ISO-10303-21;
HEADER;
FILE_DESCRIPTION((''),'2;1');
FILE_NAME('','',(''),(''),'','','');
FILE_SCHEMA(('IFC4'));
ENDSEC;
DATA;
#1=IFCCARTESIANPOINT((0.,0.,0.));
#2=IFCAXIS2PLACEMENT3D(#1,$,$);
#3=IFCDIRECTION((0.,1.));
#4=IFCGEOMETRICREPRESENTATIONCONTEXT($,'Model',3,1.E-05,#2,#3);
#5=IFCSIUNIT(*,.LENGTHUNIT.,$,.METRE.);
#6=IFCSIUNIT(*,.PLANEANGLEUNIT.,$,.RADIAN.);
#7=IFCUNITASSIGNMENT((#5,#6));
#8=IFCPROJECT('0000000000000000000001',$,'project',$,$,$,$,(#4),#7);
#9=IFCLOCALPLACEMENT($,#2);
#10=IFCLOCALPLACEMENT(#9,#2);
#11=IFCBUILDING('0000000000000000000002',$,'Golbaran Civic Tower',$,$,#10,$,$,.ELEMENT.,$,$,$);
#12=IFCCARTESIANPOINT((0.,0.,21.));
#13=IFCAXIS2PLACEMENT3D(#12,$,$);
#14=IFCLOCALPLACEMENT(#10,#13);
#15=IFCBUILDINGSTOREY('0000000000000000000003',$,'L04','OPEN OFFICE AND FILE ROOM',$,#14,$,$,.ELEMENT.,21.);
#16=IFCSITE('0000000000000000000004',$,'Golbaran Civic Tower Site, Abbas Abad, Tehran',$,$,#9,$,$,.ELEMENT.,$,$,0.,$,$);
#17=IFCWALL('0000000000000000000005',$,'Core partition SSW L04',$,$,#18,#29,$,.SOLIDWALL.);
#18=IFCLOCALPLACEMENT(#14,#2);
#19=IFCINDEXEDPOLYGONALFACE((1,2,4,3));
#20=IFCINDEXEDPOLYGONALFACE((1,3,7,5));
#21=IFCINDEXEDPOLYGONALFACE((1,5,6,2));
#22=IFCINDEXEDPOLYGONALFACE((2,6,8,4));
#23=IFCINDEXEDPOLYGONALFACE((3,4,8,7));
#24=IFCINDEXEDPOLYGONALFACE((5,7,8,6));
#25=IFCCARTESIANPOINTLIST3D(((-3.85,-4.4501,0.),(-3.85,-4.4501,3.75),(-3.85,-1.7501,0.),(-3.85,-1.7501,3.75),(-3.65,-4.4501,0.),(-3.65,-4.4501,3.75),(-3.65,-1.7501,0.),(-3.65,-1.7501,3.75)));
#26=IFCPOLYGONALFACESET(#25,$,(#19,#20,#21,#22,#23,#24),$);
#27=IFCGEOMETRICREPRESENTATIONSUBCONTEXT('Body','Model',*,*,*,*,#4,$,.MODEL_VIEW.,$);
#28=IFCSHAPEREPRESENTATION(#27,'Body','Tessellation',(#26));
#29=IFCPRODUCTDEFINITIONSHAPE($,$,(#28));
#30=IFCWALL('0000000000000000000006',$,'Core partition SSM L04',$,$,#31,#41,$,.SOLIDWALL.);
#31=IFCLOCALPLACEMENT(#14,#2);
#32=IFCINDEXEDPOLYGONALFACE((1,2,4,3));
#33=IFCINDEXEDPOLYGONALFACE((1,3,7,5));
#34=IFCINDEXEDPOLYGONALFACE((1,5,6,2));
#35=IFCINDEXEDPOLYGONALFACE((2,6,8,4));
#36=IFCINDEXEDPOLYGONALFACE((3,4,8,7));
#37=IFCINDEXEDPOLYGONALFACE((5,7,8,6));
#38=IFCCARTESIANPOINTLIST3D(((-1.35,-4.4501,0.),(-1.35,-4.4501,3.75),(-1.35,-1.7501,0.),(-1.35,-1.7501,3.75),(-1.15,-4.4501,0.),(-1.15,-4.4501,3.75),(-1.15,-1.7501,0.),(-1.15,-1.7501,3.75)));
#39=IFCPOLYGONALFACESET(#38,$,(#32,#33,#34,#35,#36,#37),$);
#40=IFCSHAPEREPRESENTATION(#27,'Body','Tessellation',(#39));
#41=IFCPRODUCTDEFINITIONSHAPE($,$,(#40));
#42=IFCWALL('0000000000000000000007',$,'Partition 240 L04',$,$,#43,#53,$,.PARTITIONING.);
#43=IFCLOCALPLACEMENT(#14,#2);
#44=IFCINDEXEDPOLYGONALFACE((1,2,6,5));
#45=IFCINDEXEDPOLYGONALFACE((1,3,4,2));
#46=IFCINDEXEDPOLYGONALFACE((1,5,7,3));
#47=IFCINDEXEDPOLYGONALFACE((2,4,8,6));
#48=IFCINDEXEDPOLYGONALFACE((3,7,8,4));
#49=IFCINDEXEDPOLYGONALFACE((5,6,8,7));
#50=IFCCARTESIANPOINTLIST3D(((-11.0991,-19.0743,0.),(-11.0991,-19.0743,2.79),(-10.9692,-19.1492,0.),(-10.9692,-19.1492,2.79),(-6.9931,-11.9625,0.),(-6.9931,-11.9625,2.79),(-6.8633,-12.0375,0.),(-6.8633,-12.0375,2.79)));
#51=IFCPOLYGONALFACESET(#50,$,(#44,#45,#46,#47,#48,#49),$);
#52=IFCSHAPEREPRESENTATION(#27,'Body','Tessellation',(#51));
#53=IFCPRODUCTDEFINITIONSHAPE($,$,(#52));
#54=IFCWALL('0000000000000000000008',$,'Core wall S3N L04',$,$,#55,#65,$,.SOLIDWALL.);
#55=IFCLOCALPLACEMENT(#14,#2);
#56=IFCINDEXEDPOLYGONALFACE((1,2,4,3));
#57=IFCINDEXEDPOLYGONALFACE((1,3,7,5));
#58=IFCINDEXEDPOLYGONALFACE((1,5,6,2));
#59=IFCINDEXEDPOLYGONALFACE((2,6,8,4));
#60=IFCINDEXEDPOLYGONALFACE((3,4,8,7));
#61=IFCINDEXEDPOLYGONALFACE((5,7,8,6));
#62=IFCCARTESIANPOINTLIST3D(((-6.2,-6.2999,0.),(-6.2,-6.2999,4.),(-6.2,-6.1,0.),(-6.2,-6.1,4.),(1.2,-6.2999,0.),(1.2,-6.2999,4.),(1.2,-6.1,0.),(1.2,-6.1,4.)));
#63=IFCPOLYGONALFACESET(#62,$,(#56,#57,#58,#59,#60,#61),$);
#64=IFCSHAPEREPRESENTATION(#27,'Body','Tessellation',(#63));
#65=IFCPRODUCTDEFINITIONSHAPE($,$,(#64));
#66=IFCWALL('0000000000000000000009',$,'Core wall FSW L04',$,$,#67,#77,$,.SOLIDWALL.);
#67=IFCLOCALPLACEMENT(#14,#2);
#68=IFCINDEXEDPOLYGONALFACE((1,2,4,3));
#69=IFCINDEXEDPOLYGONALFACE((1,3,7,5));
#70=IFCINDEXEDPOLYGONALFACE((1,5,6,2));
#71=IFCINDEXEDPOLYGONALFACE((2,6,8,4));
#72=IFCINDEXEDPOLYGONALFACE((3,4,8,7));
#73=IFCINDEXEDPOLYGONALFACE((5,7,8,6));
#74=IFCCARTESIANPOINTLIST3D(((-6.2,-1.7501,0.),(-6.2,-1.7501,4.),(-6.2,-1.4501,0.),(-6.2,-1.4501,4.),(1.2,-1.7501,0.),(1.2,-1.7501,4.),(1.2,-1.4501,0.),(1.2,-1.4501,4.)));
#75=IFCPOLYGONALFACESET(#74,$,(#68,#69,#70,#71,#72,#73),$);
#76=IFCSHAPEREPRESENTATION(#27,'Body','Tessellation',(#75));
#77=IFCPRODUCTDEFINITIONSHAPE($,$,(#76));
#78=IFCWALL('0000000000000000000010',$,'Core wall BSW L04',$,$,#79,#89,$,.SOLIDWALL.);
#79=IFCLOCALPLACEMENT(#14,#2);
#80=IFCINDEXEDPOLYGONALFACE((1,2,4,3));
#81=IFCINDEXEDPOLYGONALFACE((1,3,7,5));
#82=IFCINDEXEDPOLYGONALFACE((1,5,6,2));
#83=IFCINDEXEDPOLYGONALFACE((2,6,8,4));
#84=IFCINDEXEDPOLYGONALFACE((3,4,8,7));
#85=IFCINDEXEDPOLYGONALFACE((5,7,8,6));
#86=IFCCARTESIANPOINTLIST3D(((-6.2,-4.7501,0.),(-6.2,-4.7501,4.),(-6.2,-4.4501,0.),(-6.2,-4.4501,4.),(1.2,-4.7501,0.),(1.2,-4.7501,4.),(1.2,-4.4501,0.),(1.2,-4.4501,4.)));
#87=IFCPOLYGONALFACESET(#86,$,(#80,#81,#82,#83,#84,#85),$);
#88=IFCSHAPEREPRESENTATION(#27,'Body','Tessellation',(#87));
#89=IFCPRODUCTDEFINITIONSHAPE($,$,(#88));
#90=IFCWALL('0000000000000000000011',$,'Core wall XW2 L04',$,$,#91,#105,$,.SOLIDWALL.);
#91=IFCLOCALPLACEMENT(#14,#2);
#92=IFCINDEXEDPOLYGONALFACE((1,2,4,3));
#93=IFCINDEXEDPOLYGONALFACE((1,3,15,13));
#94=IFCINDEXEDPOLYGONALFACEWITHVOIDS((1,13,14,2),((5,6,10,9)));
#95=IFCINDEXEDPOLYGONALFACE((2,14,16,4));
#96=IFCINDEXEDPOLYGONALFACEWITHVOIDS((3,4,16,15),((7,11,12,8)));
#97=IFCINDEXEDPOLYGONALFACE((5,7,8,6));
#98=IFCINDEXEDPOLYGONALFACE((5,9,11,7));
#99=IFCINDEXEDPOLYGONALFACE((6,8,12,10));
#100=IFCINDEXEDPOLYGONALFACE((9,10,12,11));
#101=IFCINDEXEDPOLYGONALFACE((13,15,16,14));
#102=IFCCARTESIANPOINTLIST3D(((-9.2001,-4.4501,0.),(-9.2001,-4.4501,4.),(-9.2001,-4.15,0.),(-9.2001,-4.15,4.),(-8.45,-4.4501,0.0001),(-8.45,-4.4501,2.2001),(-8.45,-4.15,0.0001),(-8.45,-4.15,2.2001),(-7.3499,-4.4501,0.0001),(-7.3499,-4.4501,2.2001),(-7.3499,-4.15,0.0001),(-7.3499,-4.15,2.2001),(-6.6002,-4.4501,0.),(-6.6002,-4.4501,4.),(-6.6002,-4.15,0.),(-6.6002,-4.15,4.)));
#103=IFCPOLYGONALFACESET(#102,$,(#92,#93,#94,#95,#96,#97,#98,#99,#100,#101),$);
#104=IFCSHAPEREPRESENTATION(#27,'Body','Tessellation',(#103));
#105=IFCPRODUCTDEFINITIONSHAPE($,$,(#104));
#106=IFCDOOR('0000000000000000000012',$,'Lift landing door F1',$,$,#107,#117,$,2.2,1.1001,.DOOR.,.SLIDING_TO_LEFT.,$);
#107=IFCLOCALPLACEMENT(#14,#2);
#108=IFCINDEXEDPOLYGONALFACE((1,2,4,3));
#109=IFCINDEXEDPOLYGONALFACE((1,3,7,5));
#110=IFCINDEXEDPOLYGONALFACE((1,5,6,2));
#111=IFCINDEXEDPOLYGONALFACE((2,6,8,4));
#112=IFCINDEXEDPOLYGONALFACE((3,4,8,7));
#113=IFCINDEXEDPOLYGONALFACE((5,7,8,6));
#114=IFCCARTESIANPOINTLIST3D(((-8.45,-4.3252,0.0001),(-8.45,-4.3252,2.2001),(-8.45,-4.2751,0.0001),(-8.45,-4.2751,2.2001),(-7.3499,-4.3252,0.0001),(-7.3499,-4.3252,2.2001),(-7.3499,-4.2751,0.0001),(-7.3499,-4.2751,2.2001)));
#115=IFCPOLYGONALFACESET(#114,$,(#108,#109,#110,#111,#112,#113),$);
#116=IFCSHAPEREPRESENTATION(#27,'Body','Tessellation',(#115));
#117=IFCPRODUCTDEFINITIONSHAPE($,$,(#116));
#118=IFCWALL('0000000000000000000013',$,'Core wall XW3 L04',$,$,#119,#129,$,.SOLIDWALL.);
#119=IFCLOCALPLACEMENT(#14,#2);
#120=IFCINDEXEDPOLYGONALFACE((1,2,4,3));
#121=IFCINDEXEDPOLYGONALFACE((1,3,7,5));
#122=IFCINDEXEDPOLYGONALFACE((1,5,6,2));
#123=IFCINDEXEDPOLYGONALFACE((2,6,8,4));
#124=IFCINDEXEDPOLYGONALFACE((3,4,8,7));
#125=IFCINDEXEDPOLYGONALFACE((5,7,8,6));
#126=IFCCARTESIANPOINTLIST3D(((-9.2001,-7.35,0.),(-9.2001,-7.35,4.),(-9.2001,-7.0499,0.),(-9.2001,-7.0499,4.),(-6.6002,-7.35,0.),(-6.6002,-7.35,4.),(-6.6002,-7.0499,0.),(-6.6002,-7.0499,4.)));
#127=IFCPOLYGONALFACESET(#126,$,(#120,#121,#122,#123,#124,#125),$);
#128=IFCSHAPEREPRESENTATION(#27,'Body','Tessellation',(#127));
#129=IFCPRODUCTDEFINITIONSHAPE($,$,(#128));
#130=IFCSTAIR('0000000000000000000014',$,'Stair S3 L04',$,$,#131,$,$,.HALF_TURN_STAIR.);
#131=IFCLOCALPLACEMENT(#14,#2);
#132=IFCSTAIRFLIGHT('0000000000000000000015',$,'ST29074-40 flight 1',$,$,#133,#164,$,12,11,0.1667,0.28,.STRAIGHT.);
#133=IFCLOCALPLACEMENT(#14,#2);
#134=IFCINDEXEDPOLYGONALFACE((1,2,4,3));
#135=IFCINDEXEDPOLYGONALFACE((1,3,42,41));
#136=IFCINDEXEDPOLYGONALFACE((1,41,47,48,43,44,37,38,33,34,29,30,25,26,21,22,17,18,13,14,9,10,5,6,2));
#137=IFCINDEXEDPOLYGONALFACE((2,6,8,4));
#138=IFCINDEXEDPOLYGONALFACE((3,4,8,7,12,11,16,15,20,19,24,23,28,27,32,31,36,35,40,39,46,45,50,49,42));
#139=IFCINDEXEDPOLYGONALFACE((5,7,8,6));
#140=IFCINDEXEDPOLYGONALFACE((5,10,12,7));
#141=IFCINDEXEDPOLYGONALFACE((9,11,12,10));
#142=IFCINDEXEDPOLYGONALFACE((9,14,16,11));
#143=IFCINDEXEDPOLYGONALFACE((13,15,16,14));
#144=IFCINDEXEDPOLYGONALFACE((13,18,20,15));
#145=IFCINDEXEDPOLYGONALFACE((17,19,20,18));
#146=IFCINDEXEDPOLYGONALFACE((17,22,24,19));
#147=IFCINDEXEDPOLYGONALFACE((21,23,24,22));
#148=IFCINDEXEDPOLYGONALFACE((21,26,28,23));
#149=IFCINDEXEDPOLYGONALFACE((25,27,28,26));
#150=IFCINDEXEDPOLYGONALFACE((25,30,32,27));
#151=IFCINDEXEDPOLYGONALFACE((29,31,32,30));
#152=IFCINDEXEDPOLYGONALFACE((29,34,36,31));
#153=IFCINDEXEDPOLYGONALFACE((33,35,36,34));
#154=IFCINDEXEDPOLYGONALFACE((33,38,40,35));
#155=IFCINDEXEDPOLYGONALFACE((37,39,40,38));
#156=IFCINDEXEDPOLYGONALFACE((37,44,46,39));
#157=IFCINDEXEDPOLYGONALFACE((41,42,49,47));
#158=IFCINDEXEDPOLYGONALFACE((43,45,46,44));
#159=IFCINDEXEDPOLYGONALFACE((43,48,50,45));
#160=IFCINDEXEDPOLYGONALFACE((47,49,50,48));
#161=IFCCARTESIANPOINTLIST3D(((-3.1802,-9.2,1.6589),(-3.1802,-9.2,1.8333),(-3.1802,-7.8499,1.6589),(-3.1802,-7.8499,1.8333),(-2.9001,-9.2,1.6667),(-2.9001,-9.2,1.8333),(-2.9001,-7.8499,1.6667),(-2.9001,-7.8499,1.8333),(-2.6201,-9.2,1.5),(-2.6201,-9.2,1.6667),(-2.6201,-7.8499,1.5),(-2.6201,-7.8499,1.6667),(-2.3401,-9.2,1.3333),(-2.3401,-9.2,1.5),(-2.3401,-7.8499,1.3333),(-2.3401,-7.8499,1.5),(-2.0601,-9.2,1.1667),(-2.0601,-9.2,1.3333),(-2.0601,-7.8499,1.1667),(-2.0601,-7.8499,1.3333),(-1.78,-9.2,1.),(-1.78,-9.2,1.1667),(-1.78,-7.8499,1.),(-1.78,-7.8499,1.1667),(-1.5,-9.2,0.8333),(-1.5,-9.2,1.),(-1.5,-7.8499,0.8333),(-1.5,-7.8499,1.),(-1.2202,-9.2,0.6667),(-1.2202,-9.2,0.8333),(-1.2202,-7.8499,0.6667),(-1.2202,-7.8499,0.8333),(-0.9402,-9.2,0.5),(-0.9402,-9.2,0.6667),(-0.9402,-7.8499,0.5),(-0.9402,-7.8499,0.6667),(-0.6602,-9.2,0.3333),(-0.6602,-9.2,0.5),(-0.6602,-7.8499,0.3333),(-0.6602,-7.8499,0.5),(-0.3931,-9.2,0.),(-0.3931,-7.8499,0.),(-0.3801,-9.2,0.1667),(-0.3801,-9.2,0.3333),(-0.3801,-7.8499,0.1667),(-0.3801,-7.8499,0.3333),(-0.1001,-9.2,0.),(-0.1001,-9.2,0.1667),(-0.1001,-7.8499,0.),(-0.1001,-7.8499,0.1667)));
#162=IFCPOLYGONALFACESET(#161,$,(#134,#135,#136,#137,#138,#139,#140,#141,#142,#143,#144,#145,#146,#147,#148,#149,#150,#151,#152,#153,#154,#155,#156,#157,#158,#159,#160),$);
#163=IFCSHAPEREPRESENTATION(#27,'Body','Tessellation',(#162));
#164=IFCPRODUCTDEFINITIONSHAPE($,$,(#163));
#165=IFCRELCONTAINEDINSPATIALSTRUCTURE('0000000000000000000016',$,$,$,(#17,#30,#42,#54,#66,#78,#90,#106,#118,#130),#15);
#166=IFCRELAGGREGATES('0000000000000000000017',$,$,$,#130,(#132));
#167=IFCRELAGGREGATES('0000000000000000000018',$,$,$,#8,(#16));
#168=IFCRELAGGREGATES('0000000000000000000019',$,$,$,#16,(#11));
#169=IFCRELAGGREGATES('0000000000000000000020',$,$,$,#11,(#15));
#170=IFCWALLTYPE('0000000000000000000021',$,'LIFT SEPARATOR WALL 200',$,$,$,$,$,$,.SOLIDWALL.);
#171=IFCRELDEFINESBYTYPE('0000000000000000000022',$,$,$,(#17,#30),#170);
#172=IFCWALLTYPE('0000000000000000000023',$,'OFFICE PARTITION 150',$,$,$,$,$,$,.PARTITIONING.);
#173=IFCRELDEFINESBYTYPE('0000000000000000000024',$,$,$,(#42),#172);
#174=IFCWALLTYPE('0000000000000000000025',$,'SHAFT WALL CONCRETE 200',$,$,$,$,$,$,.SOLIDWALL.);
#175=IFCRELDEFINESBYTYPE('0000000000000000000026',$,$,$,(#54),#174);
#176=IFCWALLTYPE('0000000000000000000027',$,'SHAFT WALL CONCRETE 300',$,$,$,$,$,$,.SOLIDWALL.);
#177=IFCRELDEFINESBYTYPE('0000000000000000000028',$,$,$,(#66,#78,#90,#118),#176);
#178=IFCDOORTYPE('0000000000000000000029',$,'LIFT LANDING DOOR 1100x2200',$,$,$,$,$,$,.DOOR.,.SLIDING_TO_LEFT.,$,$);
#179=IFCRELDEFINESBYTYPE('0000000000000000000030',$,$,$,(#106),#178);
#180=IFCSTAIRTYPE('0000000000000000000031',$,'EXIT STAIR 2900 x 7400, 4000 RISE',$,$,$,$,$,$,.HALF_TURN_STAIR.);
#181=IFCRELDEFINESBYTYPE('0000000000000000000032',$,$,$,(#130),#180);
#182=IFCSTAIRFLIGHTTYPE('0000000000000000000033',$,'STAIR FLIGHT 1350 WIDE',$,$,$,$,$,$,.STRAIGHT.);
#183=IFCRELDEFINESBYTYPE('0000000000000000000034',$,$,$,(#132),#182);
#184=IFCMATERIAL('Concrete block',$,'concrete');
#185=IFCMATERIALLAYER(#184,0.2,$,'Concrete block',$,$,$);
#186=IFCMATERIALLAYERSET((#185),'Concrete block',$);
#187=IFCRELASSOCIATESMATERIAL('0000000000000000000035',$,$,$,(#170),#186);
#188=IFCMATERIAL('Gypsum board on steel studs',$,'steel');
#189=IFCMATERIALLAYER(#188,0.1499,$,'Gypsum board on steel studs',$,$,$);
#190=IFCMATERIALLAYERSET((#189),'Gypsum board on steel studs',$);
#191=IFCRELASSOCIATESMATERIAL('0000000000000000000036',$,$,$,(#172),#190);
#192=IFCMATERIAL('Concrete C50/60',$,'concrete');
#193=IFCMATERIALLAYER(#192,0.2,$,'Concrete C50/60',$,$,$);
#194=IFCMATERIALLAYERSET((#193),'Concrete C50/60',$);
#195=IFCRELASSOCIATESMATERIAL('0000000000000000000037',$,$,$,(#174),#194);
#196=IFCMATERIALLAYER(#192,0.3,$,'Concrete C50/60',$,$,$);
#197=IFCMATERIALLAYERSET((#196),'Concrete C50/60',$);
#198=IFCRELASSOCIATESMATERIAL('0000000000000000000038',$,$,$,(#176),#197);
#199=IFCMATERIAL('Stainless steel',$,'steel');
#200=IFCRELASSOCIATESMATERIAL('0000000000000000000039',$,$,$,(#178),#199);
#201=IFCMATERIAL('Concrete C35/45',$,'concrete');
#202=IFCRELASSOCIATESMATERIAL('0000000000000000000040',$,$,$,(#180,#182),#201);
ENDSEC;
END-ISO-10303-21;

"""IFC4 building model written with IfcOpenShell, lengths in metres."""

from ifc_helpers import new_model, si_unit, direction, frame, frame_2d, origin, place, context, subcontext, project, spatial, polyline, rectangle, outline, extrude, material, layer, layer_set, type_object, element, fill, aggregate, save


model = new_model("IFC4")

# Units and contexts
model_context = context("Model", 3, precision=1e-05, world=origin(), true_north=direction((0.0, 1.0)))
body_context = subcontext(model_context, "Body", "Model", "MODEL_VIEW")
ifc_project = project(units=[si_unit("LENGTHUNIT", "METRE"), si_unit("PLANEANGLEUNIT", "RADIAN")], contexts=[model_context])

# Site, building, storey
site_placement = place(None, origin())
site = spatial("IfcSite", under=ifc_project, at=site_placement, Name="Golbaran Civic Tower Site, Abbas Abad, Tehran", CompositionType="ELEMENT", RefElevation=0.0)
building_placement = place(site_placement, origin())
building = spatial("IfcBuilding", under=site, at=building_placement, Name="Golbaran Civic Tower", CompositionType="ELEMENT")
storey_placement = place(building_placement, frame((0.0, 0.0, 21.0)))
storey = spatial("IfcBuildingStorey", under=building, at=storey_placement, Name="L04", Description="OPEN OFFICE AND FILE ROOM", CompositionType="ELEMENT", Elevation=21.0)

# Shared definitions
ifc_material_1 = material(Name="Concrete C50/60", Category="concrete")

# Walls
ifc_material_2 = material(Name="Concrete block", Category="concrete")
ifc_layer_1 = layer(ifc_material_2, 0.2, Name="Concrete block")
ifc_layer_set_1 = layer_set([ifc_layer_1], Name="Concrete block")
wall_type_1 = type_object("IfcWallType", Name="LIFT SEPARATOR WALL 200", PredefinedType="SOLIDWALL", material=ifc_layer_set_1)
for number, where, z_axis, x_axis, name in (
    (1, (-3.75, -1.75, 0.0), (0.0, 0.0, 1.0), (0.0, -1.0, 0.0), "Core partition SSW L04"),
    (2, (-1.25, -1.75, 0.0), (0.0, 0.0, 1.0), (0.0, -1.0, 0.0), "Core partition SSM L04"),
):
    element("IfcWall", number, at=place(storey_placement, frame(where, z_axis=z_axis, x_axis=x_axis)), inside=storey, type_object=wall_type_1, Name=name, PredefinedType="SOLIDWALL", context=body_context, shape_type="SweptSolid", body=[
        extrude(rectangle(XDim=2.7, YDim=0.2, at=frame_2d((1.3501, 0.0))), origin(), (0.0, 0.0, 1.0), 3.75),
    ])
ifc_material_3 = material(Name="Gypsum board on steel studs", Category="steel")
ifc_layer_2 = layer(ifc_material_3, 0.1499, Name="Gypsum board on steel studs")
ifc_layer_set_2 = layer_set([ifc_layer_2], Name="Gypsum board on steel studs")
wall_type_2 = type_object("IfcWallType", Name="OFFICE PARTITION 150", PredefinedType="PARTITIONING", material=ifc_layer_set_2)
wall_1_placement = place(storey_placement, frame((-6.9282, -12.0, 0.0), z_axis=(0.0, 0.0, 1.0), x_axis=(-0.499995, -0.866028, 0.0)))
element("IfcWall", 3, at=wall_1_placement, inside=storey, type_object=wall_type_2, Name="Partition 240 L04", PredefinedType="PARTITIONING", context=body_context, shape_type="SweptSolid", body=[
    extrude(rectangle(XDim=8.2119, YDim=0.1499, at=frame_2d((4.106, 0.0))), origin(), (0.0, 0.0, 1.0), 2.79),
])
ifc_layer_3 = layer(ifc_material_1, 0.2, Name="Concrete C50/60")
ifc_layer_set_3 = layer_set([ifc_layer_3], Name="Concrete C50/60")
wall_type_3 = type_object("IfcWallType", Name="SHAFT WALL CONCRETE 200", PredefinedType="SOLIDWALL", material=ifc_layer_set_3)
wall_2_placement = place(storey_placement, frame((-6.2, -6.2, 0.0), z_axis=(0.0, 0.0, 1.0), x_axis=(1.0, 0.0, 0.0)))
element("IfcWall", 4, at=wall_2_placement, inside=storey, type_object=wall_type_3, Name="Core wall S3N L04", PredefinedType="SOLIDWALL", context=body_context, shape_type="SweptSolid", body=[
    extrude(rectangle(XDim=7.3999, YDim=0.2, at=frame_2d((3.7, 0.0))), origin(), (0.0, 0.0, 1.0), 4.0),
])
ifc_layer_4 = layer(ifc_material_1, 0.3, Name="Concrete C50/60")
ifc_layer_set_4 = layer_set([ifc_layer_4], Name="Concrete C50/60")
wall_type_4 = type_object("IfcWallType", Name="SHAFT WALL CONCRETE 300", PredefinedType="SOLIDWALL", material=ifc_layer_set_4)
for number, where, z_axis, x_axis, name in (
    (5, (-6.2, -1.6001, 0.0), (0.0, 0.0, 1.0), (1.0, 0.0, 0.0), "Core wall FSW L04"),
    (6, (-6.2, -4.6001, 0.0), (0.0, 0.0, 1.0), (1.0, 0.0, 0.0), "Core wall BSW L04"),
):
    element("IfcWall", number, at=place(storey_placement, frame(where, z_axis=z_axis, x_axis=x_axis)), inside=storey, type_object=wall_type_4, Name=name, PredefinedType="SOLIDWALL", context=body_context, shape_type="SweptSolid", body=[
        extrude(rectangle(XDim=7.3999, YDim=0.3, at=frame_2d((3.7, 0.0))), origin(), (0.0, 0.0, 1.0), 4.0),
    ])

# Wall, opening, door
wall_3_placement = place(storey_placement, frame((-9.2, -4.3, 0.0), z_axis=(0.0, 0.0, 1.0), x_axis=(1.0, 0.0, 0.0)))
wall_3 = element("IfcWall", 7, at=wall_3_placement, inside=storey, type_object=wall_type_4, Name="Core wall XW2 L04", PredefinedType="SOLIDWALL", context=body_context, shape_type="SweptSolid", body=[
    extrude(rectangle(XDim=2.5999, YDim=0.3, at=frame_2d((1.2998, 0.0))), origin(), (0.0, 0.0, 1.0), 4.0),
])
opening_1_placement = place(wall_3_placement, frame((0.75, 0.0, 0.0)))
opening_1 = element("IfcOpeningElement", 8, at=opening_1_placement, cuts=wall_3, PredefinedType="OPENING", context=body_context, shape_type="SweptSolid", body=[
    extrude(rectangle(XDim=1.1001, YDim=2.2, at=frame_2d((0.55, 1.1001))), frame((0.0, 0.1599, 0.0), z_axis=(0.0, -1.0, 0.0), x_axis=(1.0, 0.0, 0.0)), (0.0, 0.0, 1.0), 0.3201),
])
ifc_material_4 = material(Name="Stainless steel", Category="steel")
door_type_1 = type_object("IfcDoorType", Name="LIFT LANDING DOOR 1100x2200", OperationType="SLIDING_TO_LEFT", PredefinedType="DOOR", material=ifc_material_4)
door_1_placement = place(opening_1_placement, origin())
door_1 = element("IfcDoor", 9, at=door_1_placement, inside=storey, type_object=door_type_1, Name="Lift landing door F1", OperationType="SLIDING_TO_LEFT", OverallHeight=2.2, OverallWidth=1.1001, PredefinedType="DOOR", context=body_context, shape_type="SweptSolid", body=[
    extrude(rectangle(XDim=1.1001, YDim=2.2, at=frame_2d((0.55, 1.1001))), frame((0.0, 0.0249, 0.0), z_axis=(0.0, -1.0, 0.0), x_axis=(1.0, 0.0, 0.0)), (0.0, 0.0, 1.0), 0.05),
])
fill(opening_1, door_1)

# Wall
wall_4_placement = place(storey_placement, frame((-9.2, -7.2, 0.0), z_axis=(0.0, 0.0, 1.0), x_axis=(1.0, 0.0, 0.0)))
element("IfcWall", 10, at=wall_4_placement, inside=storey, type_object=wall_type_4, Name="Core wall XW3 L04", PredefinedType="SOLIDWALL", context=body_context, shape_type="SweptSolid", body=[
    extrude(rectangle(XDim=2.5999, YDim=0.3, at=frame_2d((1.2998, 0.0))), origin(), (0.0, 0.0, 1.0), 4.0),
])

# Stair, stair flight
ifc_material_5 = material(Name="Concrete C35/45", Category="concrete")
stair_type = type_object("IfcStairType", Name="EXIT STAIR 2900 x 7400, 4000 RISE", PredefinedType="HALF_TURN_STAIR", material=ifc_material_5)
stair_placement = place(storey_placement, origin())
stair = element("IfcStair", 11, at=stair_placement, inside=storey, type_object=stair_type, Name="Stair S3 L04", PredefinedType="HALF_TURN_STAIR")
stair_flight_type = type_object("IfcStairFlightType", Name="STAIR FLIGHT 1350 WIDE", PredefinedType="STRAIGHT", material=ifc_material_5)
stair_flight_1_placement = place(storey_placement, frame((-0.1001, -8.5249, 0.0), z_axis=(0.0, 0.0, 1.0), x_axis=(-1.0, 0.0, 0.0)))
stair_flight_1 = element("IfcStairFlight", 12, at=stair_flight_1_placement, type_object=stair_flight_type, Name="ST29074-40 flight 1", NumberOfRisers=12, NumberOfTreads=11, PredefinedType="STRAIGHT", RiserHeight=0.1667, TreadLength=0.28, context=body_context, shape_type="SweptSolid", body=[
    extrude(outline(polyline([(0.0, 0.0), (0.0, 0.1667), (0.28, 0.1667), (0.28, 0.3333), (0.5601, 0.3333), (0.5601, 0.5), (0.8401, 0.5), (0.8401, 0.6667), (1.1201, 0.6667), (1.1201, 0.8333), (1.3999, 0.8333), (1.3999, 1.0), (1.6799, 1.0), (1.6799, 1.1667), (1.96, 1.1667), (1.96, 1.3333), (2.24, 1.3333), (2.24, 1.5), (2.52, 1.5), (2.52, 1.6667), (2.8, 1.6667), (2.8, 1.8333), (3.0801, 1.8333), (3.0801, 2.0), (3.0801, 1.6589), (0.293, 0.0), (0.0, 0.0)])), frame((0.0, 0.675, 0.0), z_axis=(0.0, -1.0, 0.0), x_axis=(1.0, 0.0, 0.0)), (0.0, 0.0, 1.0), 1.3501),
])
aggregate(stair, [stair_flight_1])

save(model, "model.ifc")
